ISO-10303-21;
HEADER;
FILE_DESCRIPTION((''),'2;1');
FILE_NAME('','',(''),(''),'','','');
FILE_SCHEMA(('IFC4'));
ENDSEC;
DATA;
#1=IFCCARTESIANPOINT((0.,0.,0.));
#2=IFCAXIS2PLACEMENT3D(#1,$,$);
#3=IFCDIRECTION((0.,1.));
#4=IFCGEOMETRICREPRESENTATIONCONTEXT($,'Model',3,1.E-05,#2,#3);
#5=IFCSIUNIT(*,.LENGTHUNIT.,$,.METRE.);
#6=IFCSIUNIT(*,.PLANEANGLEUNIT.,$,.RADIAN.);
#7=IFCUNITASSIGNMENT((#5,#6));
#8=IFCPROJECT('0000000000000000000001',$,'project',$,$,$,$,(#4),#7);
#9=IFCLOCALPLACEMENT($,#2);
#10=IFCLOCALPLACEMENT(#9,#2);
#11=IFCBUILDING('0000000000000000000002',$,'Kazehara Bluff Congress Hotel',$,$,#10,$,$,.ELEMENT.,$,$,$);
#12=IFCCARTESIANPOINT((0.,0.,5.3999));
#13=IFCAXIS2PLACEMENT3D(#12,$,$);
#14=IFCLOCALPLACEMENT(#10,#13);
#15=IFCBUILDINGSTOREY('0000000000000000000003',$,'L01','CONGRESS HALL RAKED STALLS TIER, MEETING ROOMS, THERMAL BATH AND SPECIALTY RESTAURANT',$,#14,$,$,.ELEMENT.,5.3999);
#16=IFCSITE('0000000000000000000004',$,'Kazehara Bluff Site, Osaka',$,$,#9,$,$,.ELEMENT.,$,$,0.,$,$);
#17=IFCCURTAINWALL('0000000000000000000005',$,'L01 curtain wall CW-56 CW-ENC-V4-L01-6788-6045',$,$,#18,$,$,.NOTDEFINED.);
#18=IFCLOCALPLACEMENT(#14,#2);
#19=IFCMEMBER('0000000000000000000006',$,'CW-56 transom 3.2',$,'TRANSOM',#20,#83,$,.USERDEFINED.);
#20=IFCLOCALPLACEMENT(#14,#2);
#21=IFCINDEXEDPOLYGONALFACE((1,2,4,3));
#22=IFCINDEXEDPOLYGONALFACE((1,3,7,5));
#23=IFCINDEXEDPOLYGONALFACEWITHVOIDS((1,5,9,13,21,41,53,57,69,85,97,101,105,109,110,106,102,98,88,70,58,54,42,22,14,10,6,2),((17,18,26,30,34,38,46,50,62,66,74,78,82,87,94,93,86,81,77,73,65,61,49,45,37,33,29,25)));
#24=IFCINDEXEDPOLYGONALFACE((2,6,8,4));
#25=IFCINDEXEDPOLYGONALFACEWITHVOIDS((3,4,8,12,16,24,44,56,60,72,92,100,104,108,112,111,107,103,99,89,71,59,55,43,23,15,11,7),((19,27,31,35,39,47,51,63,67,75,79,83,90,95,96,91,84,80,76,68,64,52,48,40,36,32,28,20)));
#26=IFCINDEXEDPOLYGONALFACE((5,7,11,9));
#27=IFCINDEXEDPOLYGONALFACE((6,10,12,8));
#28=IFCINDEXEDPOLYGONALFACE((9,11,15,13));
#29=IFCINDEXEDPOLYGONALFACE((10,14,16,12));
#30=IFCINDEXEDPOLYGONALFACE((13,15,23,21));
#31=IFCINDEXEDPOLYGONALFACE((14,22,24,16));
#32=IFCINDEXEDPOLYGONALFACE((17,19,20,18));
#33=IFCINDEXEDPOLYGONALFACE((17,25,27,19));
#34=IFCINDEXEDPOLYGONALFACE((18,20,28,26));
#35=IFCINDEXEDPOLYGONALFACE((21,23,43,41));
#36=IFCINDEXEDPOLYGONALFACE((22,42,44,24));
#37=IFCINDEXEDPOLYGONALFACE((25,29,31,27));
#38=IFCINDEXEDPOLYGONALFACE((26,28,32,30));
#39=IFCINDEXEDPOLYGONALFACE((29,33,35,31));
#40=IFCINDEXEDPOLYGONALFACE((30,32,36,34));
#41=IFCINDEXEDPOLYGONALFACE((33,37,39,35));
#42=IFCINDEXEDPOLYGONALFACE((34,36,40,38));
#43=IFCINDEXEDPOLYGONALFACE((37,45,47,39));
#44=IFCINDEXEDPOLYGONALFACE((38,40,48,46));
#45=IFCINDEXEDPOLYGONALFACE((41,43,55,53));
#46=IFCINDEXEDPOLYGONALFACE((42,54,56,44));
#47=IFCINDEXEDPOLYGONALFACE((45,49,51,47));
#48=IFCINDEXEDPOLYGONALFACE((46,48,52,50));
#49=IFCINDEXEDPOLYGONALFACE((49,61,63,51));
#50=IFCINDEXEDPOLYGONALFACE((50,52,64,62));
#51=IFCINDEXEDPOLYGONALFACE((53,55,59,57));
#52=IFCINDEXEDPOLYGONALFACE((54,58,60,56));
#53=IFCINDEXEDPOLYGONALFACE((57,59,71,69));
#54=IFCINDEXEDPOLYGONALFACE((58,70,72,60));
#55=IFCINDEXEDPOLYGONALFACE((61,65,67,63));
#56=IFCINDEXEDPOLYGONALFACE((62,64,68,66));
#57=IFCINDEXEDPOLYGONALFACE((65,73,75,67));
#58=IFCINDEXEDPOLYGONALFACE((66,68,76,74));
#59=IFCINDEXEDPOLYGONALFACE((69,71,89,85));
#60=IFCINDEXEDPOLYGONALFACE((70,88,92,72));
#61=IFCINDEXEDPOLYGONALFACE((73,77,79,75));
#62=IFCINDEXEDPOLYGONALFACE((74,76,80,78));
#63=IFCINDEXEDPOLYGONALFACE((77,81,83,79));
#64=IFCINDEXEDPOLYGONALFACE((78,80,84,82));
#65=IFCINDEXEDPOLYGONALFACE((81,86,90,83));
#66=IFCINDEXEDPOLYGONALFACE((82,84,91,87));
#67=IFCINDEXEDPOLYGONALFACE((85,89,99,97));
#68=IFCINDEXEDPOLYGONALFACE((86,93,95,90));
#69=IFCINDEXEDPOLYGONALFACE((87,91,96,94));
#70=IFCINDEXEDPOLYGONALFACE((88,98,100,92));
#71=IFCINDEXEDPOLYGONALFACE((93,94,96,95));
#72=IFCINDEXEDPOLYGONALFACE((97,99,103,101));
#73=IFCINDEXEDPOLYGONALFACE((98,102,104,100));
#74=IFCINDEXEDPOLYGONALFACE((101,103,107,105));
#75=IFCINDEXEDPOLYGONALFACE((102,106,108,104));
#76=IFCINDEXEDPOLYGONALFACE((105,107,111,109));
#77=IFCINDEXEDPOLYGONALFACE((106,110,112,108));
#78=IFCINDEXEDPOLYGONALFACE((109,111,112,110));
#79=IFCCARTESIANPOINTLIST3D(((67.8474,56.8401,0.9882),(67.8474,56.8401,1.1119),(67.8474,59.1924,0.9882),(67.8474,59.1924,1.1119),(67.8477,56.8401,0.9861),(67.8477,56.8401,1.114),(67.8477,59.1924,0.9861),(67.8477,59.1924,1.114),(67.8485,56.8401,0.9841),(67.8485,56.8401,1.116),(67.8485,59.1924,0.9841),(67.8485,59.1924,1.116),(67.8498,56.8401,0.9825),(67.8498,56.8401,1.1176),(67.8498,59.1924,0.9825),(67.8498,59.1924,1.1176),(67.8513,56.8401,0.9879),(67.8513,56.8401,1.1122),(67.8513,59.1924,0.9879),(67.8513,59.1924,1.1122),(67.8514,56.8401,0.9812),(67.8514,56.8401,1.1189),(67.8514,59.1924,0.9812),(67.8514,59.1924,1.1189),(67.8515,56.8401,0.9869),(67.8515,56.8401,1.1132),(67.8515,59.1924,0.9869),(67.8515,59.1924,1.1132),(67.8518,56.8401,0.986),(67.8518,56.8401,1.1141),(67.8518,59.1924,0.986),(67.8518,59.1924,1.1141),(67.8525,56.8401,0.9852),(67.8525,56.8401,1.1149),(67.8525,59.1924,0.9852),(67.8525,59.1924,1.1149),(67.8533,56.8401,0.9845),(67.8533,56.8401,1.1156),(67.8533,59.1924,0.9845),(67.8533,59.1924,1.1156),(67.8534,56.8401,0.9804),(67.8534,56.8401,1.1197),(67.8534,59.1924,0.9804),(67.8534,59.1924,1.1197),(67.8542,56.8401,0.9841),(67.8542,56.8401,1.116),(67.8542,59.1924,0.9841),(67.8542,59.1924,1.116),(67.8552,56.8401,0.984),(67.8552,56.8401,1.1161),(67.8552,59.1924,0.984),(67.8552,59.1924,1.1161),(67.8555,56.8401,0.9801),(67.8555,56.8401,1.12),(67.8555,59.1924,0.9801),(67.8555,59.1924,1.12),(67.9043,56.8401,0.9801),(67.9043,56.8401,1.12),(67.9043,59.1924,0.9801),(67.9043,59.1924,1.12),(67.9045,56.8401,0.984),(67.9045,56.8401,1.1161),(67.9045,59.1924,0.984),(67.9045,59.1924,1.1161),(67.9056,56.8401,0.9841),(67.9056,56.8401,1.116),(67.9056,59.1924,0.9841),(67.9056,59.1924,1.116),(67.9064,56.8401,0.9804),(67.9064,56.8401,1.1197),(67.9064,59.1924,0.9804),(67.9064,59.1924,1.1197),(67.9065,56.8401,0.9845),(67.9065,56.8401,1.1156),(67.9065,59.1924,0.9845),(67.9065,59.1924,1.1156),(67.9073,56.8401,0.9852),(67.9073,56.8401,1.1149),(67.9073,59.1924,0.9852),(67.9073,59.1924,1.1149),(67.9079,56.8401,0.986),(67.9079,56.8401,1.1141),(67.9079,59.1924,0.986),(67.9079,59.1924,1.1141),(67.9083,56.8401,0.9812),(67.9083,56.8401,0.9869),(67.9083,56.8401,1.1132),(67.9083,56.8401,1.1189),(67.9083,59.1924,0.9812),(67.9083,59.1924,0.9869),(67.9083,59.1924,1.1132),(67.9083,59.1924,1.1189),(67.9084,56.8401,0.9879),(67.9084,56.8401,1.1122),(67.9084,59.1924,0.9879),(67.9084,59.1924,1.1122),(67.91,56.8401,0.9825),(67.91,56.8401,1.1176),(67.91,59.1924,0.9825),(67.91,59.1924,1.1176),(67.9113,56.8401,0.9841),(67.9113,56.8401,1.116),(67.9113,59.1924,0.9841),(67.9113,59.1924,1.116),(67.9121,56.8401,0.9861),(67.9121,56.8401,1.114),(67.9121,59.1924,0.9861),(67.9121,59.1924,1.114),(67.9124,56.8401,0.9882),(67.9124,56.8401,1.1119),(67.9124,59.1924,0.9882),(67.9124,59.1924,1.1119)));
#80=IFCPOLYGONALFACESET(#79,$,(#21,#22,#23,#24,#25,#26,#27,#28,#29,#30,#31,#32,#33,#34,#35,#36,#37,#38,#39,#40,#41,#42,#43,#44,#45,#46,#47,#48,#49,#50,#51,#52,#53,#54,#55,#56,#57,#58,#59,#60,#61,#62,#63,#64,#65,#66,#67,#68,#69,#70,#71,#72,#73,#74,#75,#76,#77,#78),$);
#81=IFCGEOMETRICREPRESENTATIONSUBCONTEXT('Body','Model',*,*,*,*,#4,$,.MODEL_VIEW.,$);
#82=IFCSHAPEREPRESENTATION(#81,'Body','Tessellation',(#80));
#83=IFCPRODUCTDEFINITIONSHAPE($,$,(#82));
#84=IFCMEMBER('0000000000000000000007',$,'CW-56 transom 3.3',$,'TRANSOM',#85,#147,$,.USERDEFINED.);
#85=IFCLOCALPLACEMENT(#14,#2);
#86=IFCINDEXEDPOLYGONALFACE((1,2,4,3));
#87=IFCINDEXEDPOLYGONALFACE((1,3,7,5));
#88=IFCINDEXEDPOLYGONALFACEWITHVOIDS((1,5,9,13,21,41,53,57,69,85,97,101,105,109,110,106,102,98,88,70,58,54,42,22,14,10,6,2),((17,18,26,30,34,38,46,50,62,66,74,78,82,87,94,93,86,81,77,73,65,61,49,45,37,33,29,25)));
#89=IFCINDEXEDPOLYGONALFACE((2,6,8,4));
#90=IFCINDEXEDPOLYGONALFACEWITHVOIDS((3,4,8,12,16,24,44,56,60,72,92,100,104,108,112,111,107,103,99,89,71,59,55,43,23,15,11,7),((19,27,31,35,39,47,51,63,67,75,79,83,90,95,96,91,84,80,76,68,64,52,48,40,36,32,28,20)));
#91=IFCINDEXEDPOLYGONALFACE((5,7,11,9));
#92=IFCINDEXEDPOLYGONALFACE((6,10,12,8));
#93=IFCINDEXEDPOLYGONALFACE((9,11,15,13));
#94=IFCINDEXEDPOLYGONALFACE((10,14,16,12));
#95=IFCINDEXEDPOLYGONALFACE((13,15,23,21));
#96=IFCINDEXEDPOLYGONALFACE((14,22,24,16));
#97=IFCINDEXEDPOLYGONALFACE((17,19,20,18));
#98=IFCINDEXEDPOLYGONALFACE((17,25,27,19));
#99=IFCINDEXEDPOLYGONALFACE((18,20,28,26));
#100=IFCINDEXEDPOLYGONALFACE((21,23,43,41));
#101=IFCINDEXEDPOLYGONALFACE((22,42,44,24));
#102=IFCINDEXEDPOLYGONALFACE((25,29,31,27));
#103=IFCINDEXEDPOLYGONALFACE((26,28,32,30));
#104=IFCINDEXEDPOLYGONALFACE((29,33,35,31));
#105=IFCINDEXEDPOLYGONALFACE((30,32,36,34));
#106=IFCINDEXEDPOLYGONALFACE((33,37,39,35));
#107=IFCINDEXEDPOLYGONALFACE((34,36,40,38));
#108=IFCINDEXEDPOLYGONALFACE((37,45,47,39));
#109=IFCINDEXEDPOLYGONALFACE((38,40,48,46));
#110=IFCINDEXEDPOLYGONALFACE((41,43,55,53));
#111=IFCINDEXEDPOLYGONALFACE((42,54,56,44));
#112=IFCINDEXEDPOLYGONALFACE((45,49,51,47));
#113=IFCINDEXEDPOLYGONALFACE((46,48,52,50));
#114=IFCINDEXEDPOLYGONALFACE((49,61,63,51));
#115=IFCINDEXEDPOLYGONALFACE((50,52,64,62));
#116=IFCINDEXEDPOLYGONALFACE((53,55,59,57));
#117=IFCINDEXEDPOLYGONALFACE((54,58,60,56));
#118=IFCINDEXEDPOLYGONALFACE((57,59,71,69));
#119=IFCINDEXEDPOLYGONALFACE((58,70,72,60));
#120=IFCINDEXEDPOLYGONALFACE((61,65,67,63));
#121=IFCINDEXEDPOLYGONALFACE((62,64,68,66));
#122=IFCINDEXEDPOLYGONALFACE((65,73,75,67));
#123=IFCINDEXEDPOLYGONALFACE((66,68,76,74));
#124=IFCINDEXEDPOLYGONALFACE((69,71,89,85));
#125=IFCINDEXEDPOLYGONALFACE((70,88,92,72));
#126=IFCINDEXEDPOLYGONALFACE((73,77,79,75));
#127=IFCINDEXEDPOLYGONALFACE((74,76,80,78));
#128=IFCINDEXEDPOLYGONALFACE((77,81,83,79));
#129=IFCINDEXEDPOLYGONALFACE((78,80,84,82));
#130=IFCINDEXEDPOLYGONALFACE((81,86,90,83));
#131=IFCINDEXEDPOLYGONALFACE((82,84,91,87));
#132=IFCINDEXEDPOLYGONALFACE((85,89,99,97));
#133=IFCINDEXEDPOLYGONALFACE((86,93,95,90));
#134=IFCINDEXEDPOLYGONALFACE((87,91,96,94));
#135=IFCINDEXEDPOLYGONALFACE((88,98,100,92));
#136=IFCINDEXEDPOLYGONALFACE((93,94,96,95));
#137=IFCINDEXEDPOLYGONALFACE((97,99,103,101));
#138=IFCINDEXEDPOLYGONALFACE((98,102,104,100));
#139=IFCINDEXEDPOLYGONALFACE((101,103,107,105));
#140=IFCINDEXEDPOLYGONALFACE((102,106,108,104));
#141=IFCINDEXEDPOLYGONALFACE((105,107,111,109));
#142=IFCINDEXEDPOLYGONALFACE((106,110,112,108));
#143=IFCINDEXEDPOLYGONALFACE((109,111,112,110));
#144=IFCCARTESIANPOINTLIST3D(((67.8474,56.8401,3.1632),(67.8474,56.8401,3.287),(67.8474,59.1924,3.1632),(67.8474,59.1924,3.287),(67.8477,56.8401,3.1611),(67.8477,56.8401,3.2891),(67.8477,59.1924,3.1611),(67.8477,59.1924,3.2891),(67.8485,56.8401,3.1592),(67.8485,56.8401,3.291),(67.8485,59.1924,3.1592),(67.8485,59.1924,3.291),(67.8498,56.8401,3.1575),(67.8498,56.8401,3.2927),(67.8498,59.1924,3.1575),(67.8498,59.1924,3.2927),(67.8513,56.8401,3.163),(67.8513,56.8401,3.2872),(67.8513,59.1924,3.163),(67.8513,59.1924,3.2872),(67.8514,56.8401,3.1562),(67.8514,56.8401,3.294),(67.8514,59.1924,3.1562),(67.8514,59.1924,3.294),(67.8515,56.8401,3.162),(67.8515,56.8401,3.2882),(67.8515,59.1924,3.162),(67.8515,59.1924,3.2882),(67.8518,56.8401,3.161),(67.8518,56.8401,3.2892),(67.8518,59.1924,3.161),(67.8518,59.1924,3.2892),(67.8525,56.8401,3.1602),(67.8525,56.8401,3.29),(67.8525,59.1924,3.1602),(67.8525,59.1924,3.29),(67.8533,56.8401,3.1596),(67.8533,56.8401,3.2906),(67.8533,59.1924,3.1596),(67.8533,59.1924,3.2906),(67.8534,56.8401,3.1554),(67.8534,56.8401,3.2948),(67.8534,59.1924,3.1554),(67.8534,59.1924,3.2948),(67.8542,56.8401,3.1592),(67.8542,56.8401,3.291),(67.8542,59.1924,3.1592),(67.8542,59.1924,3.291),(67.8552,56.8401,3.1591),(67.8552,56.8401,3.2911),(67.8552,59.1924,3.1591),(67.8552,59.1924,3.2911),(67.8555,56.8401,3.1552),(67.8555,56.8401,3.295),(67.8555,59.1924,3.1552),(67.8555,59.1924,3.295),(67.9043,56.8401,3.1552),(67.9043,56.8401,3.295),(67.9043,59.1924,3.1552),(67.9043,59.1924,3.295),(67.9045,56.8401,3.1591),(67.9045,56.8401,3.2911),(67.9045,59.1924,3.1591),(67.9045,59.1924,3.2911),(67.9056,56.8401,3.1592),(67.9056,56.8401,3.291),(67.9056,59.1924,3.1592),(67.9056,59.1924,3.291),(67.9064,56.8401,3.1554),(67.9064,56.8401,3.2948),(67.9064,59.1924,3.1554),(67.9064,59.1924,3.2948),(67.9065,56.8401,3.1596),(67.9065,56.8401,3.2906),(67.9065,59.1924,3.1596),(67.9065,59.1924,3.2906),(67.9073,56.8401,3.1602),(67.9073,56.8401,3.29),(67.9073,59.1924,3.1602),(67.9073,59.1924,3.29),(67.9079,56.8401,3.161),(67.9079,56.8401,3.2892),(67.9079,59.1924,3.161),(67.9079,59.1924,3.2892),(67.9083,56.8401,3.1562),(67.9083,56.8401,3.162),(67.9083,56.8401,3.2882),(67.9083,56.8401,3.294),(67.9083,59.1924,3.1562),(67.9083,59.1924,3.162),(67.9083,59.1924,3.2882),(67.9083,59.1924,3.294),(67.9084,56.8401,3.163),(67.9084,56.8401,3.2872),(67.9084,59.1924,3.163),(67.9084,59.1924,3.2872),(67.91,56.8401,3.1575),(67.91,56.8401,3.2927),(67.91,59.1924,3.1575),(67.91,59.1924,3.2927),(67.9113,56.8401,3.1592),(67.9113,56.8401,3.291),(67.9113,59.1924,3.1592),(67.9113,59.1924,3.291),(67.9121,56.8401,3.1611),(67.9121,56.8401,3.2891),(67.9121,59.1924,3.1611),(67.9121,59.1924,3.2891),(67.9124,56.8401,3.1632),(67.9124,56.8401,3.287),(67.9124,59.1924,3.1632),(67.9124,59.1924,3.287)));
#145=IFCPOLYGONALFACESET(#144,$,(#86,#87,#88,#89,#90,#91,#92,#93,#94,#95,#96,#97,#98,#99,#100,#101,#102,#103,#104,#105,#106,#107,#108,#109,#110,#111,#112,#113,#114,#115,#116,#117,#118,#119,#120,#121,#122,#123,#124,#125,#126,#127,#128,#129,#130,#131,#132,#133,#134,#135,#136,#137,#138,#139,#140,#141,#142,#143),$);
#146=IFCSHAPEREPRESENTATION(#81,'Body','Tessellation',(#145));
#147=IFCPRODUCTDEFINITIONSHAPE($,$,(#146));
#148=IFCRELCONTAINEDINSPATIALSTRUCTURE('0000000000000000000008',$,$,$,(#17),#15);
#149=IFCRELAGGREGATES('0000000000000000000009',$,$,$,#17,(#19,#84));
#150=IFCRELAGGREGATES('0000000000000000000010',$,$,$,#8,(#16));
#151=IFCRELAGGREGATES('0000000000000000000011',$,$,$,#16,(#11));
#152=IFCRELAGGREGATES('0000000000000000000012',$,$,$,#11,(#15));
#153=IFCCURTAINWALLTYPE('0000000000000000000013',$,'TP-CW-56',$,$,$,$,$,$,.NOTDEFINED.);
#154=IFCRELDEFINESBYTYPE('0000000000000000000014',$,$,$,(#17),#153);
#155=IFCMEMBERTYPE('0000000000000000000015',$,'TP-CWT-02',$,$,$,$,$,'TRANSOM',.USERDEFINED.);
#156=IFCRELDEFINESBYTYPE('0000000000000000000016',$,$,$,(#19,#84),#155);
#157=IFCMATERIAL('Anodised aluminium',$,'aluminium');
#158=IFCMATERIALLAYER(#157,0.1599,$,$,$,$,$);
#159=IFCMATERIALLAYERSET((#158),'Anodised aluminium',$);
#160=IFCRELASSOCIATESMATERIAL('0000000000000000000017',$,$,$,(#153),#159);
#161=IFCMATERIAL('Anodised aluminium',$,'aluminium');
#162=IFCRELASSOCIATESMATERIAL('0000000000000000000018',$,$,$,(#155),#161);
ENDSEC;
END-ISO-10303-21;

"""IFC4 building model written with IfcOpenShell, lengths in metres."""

from ifc_helpers import new_model, si_unit, direction, frame, origin, origin_2d, place, context, subcontext, project, spatial, hollow_rectangle, extrude, material, layer, layer_set, material_profile, profile_set, type_object, element, aggregate, save


model = new_model("IFC4")

# Units and contexts
model_context = context("Model", 3, precision=1e-05, world=origin(), true_north=direction((0.0, 1.0)))
body_context = subcontext(model_context, "Body", "Model", "MODEL_VIEW")
ifc_project = project(units=[si_unit("LENGTHUNIT", "METRE"), si_unit("PLANEANGLEUNIT", "RADIAN")], contexts=[model_context])

# Site, building, storey
site_placement = place(None, origin())
site = spatial("IfcSite", under=ifc_project, at=site_placement, Name="Kazehara Bluff Site, Osaka", CompositionType="ELEMENT", RefElevation=0.0)
building_placement = place(site_placement, origin())
building = spatial("IfcBuilding", under=site, at=building_placement, Name="Kazehara Bluff Congress Hotel", CompositionType="ELEMENT")
storey_placement = place(building_placement, frame((0.0, 0.0, 5.3999)))
storey = spatial("IfcBuildingStorey", under=building, at=storey_placement, Name="L01", Description="CONGRESS HALL RAKED STALLS TIER, MEETING ROOMS, THERMAL BATH AND SPECIALTY RESTAURANT", CompositionType="ELEMENT", Elevation=5.3999)

# Curtain wall
ifc_material_1 = material(Name="Anodised aluminium", Category="aluminium")
ifc_layer_1 = layer(ifc_material_1, 0.1599)
ifc_layer_set_1 = layer_set([ifc_layer_1], Name="Anodised aluminium")
curtain_wall_type_1 = type_object("IfcCurtainWallType", Name="TP-CW-56", PredefinedType="NOTDEFINED", material=ifc_layer_set_1)
curtain_wall_1_placement = place(storey_placement, origin())
curtain_wall_1 = element("IfcCurtainWall", 1, at=curtain_wall_1_placement, inside=storey, type_object=curtain_wall_type_1, Name="L01 curtain wall CW-56 CW-ENC-V4-L01-6788-6045", PredefinedType="NOTDEFINED")

# Members
ifc_material_2 = material(Name="Anodised aluminium", Category="aluminium")
ifc_material_profile_1 = material_profile(ifc_material_2, hollow_rectangle(XDim=0.0649, YDim=0.1399, WallThickness=0.0039, InnerFilletRadius=0.0039, OuterFilletRadius=0.0081, at=origin_2d()))
ifc_profile_set_1 = profile_set([ifc_material_profile_1], Name="Anodised aluminium")
member_type_1 = type_object("IfcMemberType", Name="TP-CWT-02", ElementType="TRANSOM", PredefinedType="USERDEFINED", material=ifc_profile_set_1)
member_1_placement = place(storey_placement, frame((67.8799, 59.1924, 1.05), z_axis=(0.0, -1.0, 0.0), x_axis=(1.0, 0.0, 0.0)))
member_1 = element("IfcMember", 2, at=member_1_placement, type_object=member_type_1, Name="CW-56 transom 3.2", ObjectType="TRANSOM", PredefinedType="USERDEFINED", context=body_context, shape_type="SweptSolid", body=[
    extrude(hollow_rectangle(XDim=0.0649, YDim=0.1399, WallThickness=0.0039, InnerFilletRadius=0.0039, OuterFilletRadius=0.0081, at=origin_2d()), origin(), (0.0, 0.0, 1.0), 2.3523),
])
member_2_placement = place(storey_placement, frame((67.8799, 59.1924, 3.2251), z_axis=(0.0, -1.0, 0.0), x_axis=(1.0, 0.0, 0.0)))
member_2 = element("IfcMember", 3, at=member_2_placement, type_object=member_type_1, Name="CW-56 transom 3.3", ObjectType="TRANSOM", PredefinedType="USERDEFINED", context=body_context, shape_type="SweptSolid", body=[
    extrude(hollow_rectangle(XDim=0.0649, YDim=0.1399, WallThickness=0.0039, InnerFilletRadius=0.0039, OuterFilletRadius=0.0081, at=origin_2d()), origin(), (0.0, 0.0, 1.0), 2.3523),
])

aggregate(curtain_wall_1, [member_1, member_2])

save(model, "model.ifc")
